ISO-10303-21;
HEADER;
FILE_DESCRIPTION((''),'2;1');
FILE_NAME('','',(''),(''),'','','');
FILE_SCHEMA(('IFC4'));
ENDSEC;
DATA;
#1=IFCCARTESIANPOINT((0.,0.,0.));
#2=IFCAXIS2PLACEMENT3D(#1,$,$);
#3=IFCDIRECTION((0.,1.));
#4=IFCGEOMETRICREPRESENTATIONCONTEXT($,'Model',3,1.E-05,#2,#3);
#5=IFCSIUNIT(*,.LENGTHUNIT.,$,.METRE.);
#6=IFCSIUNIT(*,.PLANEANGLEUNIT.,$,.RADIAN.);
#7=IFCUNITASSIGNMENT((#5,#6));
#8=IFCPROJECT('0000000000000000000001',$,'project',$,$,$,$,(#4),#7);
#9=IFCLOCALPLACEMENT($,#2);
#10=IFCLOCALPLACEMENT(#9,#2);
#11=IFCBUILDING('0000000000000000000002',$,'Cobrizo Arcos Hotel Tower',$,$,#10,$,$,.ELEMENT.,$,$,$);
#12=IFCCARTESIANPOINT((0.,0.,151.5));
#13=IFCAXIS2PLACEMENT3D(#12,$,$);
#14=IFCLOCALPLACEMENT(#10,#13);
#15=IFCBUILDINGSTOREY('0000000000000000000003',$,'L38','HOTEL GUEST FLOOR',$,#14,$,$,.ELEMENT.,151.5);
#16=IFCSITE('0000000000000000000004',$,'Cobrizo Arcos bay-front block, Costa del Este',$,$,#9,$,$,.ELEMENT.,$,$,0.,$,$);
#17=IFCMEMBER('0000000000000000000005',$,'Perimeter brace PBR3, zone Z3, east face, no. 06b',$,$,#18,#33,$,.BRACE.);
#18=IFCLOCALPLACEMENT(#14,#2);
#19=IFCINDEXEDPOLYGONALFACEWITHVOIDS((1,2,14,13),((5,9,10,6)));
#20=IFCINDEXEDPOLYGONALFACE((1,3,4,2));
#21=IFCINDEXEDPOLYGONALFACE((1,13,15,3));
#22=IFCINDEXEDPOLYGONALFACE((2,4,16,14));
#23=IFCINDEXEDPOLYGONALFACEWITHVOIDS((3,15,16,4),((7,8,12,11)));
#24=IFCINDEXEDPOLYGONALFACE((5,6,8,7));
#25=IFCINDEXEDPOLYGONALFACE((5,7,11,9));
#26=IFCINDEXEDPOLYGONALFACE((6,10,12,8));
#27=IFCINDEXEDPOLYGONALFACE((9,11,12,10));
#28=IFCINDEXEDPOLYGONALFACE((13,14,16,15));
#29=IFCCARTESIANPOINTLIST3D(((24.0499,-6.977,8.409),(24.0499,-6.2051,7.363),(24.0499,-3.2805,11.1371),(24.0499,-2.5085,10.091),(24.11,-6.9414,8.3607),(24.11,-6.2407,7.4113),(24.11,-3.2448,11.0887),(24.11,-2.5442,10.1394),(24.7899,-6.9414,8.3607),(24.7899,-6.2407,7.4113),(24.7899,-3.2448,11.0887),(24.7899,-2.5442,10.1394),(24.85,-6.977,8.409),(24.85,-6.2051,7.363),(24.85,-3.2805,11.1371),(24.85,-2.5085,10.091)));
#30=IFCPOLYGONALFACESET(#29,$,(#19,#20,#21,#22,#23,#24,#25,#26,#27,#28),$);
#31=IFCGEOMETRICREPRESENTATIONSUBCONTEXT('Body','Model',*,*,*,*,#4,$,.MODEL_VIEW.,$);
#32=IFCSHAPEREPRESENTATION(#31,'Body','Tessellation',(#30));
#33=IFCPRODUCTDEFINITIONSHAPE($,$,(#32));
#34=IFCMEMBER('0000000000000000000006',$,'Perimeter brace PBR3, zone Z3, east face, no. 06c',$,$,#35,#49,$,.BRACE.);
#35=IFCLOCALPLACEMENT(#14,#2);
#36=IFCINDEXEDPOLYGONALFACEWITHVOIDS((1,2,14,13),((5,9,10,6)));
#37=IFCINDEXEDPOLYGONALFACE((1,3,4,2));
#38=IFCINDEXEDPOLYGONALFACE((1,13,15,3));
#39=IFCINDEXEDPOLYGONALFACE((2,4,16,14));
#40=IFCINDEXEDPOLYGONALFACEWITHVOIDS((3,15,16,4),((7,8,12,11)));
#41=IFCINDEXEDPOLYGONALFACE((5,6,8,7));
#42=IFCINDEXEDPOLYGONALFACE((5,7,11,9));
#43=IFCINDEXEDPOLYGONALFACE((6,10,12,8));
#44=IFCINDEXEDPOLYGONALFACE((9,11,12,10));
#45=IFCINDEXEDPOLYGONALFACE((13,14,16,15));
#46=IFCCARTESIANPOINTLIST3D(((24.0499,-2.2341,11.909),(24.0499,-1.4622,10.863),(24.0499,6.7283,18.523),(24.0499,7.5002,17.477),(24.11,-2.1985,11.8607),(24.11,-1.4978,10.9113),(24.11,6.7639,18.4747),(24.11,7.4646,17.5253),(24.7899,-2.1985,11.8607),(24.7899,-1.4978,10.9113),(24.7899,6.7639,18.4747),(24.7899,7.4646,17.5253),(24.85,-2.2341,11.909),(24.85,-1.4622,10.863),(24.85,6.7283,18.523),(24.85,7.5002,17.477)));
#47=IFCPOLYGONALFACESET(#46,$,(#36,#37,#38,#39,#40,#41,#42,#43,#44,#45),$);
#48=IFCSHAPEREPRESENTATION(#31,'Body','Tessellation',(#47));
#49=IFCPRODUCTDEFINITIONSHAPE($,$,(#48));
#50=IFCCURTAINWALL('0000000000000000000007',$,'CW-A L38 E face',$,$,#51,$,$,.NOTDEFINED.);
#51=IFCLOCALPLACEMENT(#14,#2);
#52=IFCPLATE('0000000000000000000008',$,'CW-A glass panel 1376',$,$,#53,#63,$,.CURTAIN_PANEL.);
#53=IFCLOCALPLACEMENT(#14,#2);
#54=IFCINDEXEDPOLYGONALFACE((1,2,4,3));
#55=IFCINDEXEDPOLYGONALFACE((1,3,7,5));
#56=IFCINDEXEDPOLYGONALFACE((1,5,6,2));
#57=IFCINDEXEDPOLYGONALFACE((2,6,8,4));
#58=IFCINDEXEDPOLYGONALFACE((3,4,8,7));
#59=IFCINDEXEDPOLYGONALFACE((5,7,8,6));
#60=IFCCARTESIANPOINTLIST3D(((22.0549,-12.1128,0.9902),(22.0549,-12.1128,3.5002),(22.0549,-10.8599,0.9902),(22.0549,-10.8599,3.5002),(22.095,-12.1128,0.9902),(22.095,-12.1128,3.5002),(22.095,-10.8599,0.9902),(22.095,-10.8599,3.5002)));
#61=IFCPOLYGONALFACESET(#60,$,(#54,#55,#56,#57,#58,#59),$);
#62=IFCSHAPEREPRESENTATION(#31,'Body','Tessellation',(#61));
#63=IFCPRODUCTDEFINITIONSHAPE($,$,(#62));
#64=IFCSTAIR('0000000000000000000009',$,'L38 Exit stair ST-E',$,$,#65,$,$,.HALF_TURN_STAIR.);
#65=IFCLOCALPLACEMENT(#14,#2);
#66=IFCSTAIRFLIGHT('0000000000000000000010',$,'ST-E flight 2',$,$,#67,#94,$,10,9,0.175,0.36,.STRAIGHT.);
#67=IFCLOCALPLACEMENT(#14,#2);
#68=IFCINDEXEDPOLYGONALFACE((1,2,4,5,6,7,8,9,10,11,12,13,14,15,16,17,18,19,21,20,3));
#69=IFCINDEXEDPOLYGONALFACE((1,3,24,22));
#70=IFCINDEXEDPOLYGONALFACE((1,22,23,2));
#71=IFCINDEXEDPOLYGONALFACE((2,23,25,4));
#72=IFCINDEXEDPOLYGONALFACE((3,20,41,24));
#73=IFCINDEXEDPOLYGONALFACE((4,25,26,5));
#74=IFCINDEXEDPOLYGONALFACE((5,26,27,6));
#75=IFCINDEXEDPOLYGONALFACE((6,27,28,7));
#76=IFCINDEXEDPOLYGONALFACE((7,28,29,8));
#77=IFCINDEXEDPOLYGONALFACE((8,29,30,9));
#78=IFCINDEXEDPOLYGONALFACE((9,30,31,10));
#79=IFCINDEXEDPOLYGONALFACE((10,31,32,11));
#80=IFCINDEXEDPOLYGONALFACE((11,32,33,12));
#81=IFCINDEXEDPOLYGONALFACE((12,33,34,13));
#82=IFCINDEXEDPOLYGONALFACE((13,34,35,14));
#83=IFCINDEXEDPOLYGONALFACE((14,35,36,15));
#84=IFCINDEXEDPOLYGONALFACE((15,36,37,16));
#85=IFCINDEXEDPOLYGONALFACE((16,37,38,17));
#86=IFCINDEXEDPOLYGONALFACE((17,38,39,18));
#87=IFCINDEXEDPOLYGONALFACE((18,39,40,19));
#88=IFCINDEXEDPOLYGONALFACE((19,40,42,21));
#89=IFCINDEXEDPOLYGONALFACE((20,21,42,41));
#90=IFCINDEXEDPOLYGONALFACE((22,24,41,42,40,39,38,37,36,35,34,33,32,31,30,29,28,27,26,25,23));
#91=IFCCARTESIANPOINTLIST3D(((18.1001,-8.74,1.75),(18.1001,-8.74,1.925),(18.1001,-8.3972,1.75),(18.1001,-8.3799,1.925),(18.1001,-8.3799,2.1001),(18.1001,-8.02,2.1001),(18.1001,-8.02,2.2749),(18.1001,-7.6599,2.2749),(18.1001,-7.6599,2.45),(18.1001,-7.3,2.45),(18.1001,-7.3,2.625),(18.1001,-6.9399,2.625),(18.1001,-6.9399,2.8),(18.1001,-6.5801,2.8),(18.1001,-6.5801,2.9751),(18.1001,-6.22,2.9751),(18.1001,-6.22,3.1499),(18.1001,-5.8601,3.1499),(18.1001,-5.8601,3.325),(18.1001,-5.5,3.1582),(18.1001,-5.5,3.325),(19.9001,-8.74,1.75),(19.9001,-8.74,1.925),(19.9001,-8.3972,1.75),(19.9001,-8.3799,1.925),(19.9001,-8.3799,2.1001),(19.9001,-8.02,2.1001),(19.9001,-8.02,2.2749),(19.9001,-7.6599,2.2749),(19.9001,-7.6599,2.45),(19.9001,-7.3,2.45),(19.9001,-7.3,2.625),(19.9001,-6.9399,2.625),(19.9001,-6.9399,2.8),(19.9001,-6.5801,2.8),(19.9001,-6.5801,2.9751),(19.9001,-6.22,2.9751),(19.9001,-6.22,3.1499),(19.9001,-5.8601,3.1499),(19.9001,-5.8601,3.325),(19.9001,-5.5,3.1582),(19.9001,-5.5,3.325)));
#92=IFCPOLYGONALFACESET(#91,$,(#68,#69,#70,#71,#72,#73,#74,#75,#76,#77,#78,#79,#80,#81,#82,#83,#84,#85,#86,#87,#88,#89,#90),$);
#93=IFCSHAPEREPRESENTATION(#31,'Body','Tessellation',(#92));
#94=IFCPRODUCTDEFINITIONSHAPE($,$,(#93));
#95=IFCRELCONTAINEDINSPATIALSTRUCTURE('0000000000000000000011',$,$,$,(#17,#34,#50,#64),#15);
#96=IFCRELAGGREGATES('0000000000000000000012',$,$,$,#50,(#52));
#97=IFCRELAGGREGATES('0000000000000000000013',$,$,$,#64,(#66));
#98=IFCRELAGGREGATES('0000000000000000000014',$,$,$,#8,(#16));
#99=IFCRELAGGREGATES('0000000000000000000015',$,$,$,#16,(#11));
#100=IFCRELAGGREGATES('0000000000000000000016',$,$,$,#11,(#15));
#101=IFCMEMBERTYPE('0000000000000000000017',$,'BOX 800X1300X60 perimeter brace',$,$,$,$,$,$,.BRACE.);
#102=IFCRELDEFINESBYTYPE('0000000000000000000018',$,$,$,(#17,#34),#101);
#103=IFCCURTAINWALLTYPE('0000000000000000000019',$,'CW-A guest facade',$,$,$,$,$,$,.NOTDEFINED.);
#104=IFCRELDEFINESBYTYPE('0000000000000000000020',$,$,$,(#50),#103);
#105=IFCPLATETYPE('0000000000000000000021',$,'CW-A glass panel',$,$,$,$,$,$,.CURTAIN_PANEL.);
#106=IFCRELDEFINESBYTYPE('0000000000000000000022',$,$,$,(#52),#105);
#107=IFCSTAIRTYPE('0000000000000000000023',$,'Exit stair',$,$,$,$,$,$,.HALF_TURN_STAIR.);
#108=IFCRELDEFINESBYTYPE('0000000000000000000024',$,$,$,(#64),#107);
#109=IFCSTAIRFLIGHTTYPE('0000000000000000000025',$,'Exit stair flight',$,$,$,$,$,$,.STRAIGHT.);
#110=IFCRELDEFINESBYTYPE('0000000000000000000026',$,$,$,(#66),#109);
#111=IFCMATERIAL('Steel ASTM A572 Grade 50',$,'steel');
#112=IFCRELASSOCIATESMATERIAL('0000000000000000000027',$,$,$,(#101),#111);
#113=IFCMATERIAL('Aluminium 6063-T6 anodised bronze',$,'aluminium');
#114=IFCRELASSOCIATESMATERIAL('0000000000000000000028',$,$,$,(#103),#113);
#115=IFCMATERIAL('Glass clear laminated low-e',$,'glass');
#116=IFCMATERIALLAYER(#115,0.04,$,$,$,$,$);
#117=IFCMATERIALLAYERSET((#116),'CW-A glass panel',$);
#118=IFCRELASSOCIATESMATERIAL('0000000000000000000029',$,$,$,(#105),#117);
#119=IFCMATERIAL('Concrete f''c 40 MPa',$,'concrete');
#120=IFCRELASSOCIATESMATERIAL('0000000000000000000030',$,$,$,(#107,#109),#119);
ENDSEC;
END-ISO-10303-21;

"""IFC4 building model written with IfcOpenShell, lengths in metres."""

from ifc_helpers import new_model, si_unit, direction, frame, origin, origin_2d, place, context, subcontext, project, spatial, polyline, rectangle, hollow_rectangle, outline, extrude, material, layer, layer_set, material_profile, profile_set, type_object, element, aggregate, save


model = new_model("IFC4")

# Units and contexts
model_context = context("Model", 3, precision=1e-05, world=origin(), true_north=direction((0.0, 1.0)))
body_context = subcontext(model_context, "Body", "Model", "MODEL_VIEW")
ifc_project = project(units=[si_unit("LENGTHUNIT", "METRE"), si_unit("PLANEANGLEUNIT", "RADIAN")], contexts=[model_context])

# Site, building, storey
site_placement = place(None, origin())
site = spatial("IfcSite", under=ifc_project, at=site_placement, Name="Cobrizo Arcos bay-front block, Costa del Este", CompositionType="ELEMENT", RefElevation=0.0)
building_placement = place(site_placement, origin())
building = spatial("IfcBuilding", under=site, at=building_placement, Name="Cobrizo Arcos Hotel Tower", CompositionType="ELEMENT")
storey_placement = place(building_placement, frame((0.0, 0.0, 151.5)))
storey = spatial("IfcBuildingStorey", under=building, at=storey_placement, Name="L38", Description="HOTEL GUEST FLOOR", CompositionType="ELEMENT", Elevation=151.5)

# Members
ifc_material_1 = material(Name="Steel ASTM A572 Grade 50", Category="steel")
ifc_material_profile = material_profile(ifc_material_1, hollow_rectangle(XDim=0.8, YDim=1.3, WallThickness=0.0601, at=origin_2d()), Name="BOX 800X1300X60")
ifc_profile_set = profile_set([ifc_material_profile], Name="Steel ASTM A572 Grade 50")
member_type = type_object("IfcMemberType", Name="BOX 800X1300X60 perimeter brace", PredefinedType="BRACE", material=ifc_profile_set)
member_1_placement = place(storey_placement, frame((24.45, -6.5911, 7.886), z_axis=(0.0, 0.804612, 0.593801), x_axis=(-1.0, 0.0, 0.0)))
element("IfcMember", 1, at=member_1_placement, inside=storey, type_object=member_type, Name="Perimeter brace PBR3, zone Z3, east face, no. 06b", PredefinedType="BRACE", context=body_context, shape_type="SweptSolid", body=[
    extrude(hollow_rectangle(XDim=0.8, YDim=1.3, WallThickness=0.0601, at=origin_2d()), origin(), (0.0, 0.0, 1.0), 4.5942),
])
member_2_placement = place(storey_placement, frame((24.45, -1.8481, 11.386), z_axis=(0.0, 0.804621, 0.593789), x_axis=(-1.0, 0.0, 0.0)))
element("IfcMember", 2, at=member_2_placement, inside=storey, type_object=member_type, Name="Perimeter brace PBR3, zone Z3, east face, no. 06c", PredefinedType="BRACE", context=body_context, shape_type="SweptSolid", body=[
    extrude(hollow_rectangle(XDim=0.8, YDim=1.3, WallThickness=0.0601, at=origin_2d()), origin(), (0.0, 0.0, 1.0), 11.1387),
])

# Curtain wall, plate
ifc_material_2 = material(Name="Aluminium 6063-T6 anodised bronze", Category="aluminium")
curtain_wall_type = type_object("IfcCurtainWallType", Name="CW-A guest facade", PredefinedType="NOTDEFINED", material=ifc_material_2)
curtain_wall_placement = place(storey_placement, origin())
curtain_wall = element("IfcCurtainWall", 3, at=curtain_wall_placement, inside=storey, type_object=curtain_wall_type, Name="CW-A L38 E face", PredefinedType="NOTDEFINED")
ifc_material_3 = material(Name="Glass clear laminated low-e", Category="glass")
ifc_layer = layer(ifc_material_3, 0.04)
ifc_layer_set = layer_set([ifc_layer], Name="CW-A glass panel")
plate_type = type_object("IfcPlateType", Name="CW-A glass panel", PredefinedType="CURTAIN_PANEL", material=ifc_layer_set)
plate_placement = place(storey_placement, frame((22.075, -11.4863, 0.9902), z_axis=(0.0, 0.0, 1.0), x_axis=(0.0, 1.0, 0.0)))
plate = element("IfcPlate", 4, at=plate_placement, type_object=plate_type, Name="CW-A glass panel 1376", PredefinedType="CURTAIN_PANEL", context=body_context, shape_type="SweptSolid", body=[
    extrude(rectangle(XDim=1.2529, YDim=0.04, at=origin_2d()), origin(), (0.0, 0.0, 1.0), 2.51),
])
aggregate(curtain_wall, [plate])

# Stair, stair flight
ifc_material_4 = material(Name="Concrete f'c 40 MPa", Category="concrete")
stair_type = type_object("IfcStairType", Name="Exit stair", PredefinedType="HALF_TURN_STAIR", material=ifc_material_4)
stair_placement = place(storey_placement, origin())
stair = element("IfcStair", 5, at=stair_placement, inside=storey, type_object=stair_type, Name="L38 Exit stair ST-E", PredefinedType="HALF_TURN_STAIR")
stair_flight_type = type_object("IfcStairFlightType", Name="Exit stair flight", PredefinedType="STRAIGHT", material=ifc_material_4)
stair_flight_placement = place(storey_placement, frame((19.0, -8.74, 1.75), z_axis=(0.0, 0.0, 1.0), x_axis=(0.0, 1.0, 0.0)))
stair_flight = element("IfcStairFlight", 6, at=stair_flight_placement, type_object=stair_flight_type, Name="ST-E flight 2", NumberOfRisers=10, NumberOfTreads=9, PredefinedType="STRAIGHT", RiserHeight=0.175, TreadLength=0.36, context=body_context, shape_type="SweptSolid", body=[
    extrude(outline(polyline([(0.0, 0.0), (0.0, 0.175), (0.3601, 0.175), (0.3601, 0.3501), (0.72, 0.3501), (0.72, 0.5249), (1.0801, 0.5249), (1.0801, 0.7), (1.4399, 0.7), (1.4399, 0.875), (1.8, 0.875), (1.8, 1.05), (2.1599, 1.05), (2.1599, 1.2251), (2.52, 1.2251), (2.52, 1.3999), (2.8799, 1.3999), (2.8799, 1.575), (3.24, 1.575), (3.24, 1.75), (3.24, 1.4082), (0.3428, 0.0), (0.0, 0.0)])), frame((0.0, 0.8999, 0.0), z_axis=(0.0, -1.0, 0.0), x_axis=(1.0, 0.0, 0.0)), (0.0, 0.0, 1.0), 1.8),
])
aggregate(stair, [stair_flight])

save(model, "model.ifc")
